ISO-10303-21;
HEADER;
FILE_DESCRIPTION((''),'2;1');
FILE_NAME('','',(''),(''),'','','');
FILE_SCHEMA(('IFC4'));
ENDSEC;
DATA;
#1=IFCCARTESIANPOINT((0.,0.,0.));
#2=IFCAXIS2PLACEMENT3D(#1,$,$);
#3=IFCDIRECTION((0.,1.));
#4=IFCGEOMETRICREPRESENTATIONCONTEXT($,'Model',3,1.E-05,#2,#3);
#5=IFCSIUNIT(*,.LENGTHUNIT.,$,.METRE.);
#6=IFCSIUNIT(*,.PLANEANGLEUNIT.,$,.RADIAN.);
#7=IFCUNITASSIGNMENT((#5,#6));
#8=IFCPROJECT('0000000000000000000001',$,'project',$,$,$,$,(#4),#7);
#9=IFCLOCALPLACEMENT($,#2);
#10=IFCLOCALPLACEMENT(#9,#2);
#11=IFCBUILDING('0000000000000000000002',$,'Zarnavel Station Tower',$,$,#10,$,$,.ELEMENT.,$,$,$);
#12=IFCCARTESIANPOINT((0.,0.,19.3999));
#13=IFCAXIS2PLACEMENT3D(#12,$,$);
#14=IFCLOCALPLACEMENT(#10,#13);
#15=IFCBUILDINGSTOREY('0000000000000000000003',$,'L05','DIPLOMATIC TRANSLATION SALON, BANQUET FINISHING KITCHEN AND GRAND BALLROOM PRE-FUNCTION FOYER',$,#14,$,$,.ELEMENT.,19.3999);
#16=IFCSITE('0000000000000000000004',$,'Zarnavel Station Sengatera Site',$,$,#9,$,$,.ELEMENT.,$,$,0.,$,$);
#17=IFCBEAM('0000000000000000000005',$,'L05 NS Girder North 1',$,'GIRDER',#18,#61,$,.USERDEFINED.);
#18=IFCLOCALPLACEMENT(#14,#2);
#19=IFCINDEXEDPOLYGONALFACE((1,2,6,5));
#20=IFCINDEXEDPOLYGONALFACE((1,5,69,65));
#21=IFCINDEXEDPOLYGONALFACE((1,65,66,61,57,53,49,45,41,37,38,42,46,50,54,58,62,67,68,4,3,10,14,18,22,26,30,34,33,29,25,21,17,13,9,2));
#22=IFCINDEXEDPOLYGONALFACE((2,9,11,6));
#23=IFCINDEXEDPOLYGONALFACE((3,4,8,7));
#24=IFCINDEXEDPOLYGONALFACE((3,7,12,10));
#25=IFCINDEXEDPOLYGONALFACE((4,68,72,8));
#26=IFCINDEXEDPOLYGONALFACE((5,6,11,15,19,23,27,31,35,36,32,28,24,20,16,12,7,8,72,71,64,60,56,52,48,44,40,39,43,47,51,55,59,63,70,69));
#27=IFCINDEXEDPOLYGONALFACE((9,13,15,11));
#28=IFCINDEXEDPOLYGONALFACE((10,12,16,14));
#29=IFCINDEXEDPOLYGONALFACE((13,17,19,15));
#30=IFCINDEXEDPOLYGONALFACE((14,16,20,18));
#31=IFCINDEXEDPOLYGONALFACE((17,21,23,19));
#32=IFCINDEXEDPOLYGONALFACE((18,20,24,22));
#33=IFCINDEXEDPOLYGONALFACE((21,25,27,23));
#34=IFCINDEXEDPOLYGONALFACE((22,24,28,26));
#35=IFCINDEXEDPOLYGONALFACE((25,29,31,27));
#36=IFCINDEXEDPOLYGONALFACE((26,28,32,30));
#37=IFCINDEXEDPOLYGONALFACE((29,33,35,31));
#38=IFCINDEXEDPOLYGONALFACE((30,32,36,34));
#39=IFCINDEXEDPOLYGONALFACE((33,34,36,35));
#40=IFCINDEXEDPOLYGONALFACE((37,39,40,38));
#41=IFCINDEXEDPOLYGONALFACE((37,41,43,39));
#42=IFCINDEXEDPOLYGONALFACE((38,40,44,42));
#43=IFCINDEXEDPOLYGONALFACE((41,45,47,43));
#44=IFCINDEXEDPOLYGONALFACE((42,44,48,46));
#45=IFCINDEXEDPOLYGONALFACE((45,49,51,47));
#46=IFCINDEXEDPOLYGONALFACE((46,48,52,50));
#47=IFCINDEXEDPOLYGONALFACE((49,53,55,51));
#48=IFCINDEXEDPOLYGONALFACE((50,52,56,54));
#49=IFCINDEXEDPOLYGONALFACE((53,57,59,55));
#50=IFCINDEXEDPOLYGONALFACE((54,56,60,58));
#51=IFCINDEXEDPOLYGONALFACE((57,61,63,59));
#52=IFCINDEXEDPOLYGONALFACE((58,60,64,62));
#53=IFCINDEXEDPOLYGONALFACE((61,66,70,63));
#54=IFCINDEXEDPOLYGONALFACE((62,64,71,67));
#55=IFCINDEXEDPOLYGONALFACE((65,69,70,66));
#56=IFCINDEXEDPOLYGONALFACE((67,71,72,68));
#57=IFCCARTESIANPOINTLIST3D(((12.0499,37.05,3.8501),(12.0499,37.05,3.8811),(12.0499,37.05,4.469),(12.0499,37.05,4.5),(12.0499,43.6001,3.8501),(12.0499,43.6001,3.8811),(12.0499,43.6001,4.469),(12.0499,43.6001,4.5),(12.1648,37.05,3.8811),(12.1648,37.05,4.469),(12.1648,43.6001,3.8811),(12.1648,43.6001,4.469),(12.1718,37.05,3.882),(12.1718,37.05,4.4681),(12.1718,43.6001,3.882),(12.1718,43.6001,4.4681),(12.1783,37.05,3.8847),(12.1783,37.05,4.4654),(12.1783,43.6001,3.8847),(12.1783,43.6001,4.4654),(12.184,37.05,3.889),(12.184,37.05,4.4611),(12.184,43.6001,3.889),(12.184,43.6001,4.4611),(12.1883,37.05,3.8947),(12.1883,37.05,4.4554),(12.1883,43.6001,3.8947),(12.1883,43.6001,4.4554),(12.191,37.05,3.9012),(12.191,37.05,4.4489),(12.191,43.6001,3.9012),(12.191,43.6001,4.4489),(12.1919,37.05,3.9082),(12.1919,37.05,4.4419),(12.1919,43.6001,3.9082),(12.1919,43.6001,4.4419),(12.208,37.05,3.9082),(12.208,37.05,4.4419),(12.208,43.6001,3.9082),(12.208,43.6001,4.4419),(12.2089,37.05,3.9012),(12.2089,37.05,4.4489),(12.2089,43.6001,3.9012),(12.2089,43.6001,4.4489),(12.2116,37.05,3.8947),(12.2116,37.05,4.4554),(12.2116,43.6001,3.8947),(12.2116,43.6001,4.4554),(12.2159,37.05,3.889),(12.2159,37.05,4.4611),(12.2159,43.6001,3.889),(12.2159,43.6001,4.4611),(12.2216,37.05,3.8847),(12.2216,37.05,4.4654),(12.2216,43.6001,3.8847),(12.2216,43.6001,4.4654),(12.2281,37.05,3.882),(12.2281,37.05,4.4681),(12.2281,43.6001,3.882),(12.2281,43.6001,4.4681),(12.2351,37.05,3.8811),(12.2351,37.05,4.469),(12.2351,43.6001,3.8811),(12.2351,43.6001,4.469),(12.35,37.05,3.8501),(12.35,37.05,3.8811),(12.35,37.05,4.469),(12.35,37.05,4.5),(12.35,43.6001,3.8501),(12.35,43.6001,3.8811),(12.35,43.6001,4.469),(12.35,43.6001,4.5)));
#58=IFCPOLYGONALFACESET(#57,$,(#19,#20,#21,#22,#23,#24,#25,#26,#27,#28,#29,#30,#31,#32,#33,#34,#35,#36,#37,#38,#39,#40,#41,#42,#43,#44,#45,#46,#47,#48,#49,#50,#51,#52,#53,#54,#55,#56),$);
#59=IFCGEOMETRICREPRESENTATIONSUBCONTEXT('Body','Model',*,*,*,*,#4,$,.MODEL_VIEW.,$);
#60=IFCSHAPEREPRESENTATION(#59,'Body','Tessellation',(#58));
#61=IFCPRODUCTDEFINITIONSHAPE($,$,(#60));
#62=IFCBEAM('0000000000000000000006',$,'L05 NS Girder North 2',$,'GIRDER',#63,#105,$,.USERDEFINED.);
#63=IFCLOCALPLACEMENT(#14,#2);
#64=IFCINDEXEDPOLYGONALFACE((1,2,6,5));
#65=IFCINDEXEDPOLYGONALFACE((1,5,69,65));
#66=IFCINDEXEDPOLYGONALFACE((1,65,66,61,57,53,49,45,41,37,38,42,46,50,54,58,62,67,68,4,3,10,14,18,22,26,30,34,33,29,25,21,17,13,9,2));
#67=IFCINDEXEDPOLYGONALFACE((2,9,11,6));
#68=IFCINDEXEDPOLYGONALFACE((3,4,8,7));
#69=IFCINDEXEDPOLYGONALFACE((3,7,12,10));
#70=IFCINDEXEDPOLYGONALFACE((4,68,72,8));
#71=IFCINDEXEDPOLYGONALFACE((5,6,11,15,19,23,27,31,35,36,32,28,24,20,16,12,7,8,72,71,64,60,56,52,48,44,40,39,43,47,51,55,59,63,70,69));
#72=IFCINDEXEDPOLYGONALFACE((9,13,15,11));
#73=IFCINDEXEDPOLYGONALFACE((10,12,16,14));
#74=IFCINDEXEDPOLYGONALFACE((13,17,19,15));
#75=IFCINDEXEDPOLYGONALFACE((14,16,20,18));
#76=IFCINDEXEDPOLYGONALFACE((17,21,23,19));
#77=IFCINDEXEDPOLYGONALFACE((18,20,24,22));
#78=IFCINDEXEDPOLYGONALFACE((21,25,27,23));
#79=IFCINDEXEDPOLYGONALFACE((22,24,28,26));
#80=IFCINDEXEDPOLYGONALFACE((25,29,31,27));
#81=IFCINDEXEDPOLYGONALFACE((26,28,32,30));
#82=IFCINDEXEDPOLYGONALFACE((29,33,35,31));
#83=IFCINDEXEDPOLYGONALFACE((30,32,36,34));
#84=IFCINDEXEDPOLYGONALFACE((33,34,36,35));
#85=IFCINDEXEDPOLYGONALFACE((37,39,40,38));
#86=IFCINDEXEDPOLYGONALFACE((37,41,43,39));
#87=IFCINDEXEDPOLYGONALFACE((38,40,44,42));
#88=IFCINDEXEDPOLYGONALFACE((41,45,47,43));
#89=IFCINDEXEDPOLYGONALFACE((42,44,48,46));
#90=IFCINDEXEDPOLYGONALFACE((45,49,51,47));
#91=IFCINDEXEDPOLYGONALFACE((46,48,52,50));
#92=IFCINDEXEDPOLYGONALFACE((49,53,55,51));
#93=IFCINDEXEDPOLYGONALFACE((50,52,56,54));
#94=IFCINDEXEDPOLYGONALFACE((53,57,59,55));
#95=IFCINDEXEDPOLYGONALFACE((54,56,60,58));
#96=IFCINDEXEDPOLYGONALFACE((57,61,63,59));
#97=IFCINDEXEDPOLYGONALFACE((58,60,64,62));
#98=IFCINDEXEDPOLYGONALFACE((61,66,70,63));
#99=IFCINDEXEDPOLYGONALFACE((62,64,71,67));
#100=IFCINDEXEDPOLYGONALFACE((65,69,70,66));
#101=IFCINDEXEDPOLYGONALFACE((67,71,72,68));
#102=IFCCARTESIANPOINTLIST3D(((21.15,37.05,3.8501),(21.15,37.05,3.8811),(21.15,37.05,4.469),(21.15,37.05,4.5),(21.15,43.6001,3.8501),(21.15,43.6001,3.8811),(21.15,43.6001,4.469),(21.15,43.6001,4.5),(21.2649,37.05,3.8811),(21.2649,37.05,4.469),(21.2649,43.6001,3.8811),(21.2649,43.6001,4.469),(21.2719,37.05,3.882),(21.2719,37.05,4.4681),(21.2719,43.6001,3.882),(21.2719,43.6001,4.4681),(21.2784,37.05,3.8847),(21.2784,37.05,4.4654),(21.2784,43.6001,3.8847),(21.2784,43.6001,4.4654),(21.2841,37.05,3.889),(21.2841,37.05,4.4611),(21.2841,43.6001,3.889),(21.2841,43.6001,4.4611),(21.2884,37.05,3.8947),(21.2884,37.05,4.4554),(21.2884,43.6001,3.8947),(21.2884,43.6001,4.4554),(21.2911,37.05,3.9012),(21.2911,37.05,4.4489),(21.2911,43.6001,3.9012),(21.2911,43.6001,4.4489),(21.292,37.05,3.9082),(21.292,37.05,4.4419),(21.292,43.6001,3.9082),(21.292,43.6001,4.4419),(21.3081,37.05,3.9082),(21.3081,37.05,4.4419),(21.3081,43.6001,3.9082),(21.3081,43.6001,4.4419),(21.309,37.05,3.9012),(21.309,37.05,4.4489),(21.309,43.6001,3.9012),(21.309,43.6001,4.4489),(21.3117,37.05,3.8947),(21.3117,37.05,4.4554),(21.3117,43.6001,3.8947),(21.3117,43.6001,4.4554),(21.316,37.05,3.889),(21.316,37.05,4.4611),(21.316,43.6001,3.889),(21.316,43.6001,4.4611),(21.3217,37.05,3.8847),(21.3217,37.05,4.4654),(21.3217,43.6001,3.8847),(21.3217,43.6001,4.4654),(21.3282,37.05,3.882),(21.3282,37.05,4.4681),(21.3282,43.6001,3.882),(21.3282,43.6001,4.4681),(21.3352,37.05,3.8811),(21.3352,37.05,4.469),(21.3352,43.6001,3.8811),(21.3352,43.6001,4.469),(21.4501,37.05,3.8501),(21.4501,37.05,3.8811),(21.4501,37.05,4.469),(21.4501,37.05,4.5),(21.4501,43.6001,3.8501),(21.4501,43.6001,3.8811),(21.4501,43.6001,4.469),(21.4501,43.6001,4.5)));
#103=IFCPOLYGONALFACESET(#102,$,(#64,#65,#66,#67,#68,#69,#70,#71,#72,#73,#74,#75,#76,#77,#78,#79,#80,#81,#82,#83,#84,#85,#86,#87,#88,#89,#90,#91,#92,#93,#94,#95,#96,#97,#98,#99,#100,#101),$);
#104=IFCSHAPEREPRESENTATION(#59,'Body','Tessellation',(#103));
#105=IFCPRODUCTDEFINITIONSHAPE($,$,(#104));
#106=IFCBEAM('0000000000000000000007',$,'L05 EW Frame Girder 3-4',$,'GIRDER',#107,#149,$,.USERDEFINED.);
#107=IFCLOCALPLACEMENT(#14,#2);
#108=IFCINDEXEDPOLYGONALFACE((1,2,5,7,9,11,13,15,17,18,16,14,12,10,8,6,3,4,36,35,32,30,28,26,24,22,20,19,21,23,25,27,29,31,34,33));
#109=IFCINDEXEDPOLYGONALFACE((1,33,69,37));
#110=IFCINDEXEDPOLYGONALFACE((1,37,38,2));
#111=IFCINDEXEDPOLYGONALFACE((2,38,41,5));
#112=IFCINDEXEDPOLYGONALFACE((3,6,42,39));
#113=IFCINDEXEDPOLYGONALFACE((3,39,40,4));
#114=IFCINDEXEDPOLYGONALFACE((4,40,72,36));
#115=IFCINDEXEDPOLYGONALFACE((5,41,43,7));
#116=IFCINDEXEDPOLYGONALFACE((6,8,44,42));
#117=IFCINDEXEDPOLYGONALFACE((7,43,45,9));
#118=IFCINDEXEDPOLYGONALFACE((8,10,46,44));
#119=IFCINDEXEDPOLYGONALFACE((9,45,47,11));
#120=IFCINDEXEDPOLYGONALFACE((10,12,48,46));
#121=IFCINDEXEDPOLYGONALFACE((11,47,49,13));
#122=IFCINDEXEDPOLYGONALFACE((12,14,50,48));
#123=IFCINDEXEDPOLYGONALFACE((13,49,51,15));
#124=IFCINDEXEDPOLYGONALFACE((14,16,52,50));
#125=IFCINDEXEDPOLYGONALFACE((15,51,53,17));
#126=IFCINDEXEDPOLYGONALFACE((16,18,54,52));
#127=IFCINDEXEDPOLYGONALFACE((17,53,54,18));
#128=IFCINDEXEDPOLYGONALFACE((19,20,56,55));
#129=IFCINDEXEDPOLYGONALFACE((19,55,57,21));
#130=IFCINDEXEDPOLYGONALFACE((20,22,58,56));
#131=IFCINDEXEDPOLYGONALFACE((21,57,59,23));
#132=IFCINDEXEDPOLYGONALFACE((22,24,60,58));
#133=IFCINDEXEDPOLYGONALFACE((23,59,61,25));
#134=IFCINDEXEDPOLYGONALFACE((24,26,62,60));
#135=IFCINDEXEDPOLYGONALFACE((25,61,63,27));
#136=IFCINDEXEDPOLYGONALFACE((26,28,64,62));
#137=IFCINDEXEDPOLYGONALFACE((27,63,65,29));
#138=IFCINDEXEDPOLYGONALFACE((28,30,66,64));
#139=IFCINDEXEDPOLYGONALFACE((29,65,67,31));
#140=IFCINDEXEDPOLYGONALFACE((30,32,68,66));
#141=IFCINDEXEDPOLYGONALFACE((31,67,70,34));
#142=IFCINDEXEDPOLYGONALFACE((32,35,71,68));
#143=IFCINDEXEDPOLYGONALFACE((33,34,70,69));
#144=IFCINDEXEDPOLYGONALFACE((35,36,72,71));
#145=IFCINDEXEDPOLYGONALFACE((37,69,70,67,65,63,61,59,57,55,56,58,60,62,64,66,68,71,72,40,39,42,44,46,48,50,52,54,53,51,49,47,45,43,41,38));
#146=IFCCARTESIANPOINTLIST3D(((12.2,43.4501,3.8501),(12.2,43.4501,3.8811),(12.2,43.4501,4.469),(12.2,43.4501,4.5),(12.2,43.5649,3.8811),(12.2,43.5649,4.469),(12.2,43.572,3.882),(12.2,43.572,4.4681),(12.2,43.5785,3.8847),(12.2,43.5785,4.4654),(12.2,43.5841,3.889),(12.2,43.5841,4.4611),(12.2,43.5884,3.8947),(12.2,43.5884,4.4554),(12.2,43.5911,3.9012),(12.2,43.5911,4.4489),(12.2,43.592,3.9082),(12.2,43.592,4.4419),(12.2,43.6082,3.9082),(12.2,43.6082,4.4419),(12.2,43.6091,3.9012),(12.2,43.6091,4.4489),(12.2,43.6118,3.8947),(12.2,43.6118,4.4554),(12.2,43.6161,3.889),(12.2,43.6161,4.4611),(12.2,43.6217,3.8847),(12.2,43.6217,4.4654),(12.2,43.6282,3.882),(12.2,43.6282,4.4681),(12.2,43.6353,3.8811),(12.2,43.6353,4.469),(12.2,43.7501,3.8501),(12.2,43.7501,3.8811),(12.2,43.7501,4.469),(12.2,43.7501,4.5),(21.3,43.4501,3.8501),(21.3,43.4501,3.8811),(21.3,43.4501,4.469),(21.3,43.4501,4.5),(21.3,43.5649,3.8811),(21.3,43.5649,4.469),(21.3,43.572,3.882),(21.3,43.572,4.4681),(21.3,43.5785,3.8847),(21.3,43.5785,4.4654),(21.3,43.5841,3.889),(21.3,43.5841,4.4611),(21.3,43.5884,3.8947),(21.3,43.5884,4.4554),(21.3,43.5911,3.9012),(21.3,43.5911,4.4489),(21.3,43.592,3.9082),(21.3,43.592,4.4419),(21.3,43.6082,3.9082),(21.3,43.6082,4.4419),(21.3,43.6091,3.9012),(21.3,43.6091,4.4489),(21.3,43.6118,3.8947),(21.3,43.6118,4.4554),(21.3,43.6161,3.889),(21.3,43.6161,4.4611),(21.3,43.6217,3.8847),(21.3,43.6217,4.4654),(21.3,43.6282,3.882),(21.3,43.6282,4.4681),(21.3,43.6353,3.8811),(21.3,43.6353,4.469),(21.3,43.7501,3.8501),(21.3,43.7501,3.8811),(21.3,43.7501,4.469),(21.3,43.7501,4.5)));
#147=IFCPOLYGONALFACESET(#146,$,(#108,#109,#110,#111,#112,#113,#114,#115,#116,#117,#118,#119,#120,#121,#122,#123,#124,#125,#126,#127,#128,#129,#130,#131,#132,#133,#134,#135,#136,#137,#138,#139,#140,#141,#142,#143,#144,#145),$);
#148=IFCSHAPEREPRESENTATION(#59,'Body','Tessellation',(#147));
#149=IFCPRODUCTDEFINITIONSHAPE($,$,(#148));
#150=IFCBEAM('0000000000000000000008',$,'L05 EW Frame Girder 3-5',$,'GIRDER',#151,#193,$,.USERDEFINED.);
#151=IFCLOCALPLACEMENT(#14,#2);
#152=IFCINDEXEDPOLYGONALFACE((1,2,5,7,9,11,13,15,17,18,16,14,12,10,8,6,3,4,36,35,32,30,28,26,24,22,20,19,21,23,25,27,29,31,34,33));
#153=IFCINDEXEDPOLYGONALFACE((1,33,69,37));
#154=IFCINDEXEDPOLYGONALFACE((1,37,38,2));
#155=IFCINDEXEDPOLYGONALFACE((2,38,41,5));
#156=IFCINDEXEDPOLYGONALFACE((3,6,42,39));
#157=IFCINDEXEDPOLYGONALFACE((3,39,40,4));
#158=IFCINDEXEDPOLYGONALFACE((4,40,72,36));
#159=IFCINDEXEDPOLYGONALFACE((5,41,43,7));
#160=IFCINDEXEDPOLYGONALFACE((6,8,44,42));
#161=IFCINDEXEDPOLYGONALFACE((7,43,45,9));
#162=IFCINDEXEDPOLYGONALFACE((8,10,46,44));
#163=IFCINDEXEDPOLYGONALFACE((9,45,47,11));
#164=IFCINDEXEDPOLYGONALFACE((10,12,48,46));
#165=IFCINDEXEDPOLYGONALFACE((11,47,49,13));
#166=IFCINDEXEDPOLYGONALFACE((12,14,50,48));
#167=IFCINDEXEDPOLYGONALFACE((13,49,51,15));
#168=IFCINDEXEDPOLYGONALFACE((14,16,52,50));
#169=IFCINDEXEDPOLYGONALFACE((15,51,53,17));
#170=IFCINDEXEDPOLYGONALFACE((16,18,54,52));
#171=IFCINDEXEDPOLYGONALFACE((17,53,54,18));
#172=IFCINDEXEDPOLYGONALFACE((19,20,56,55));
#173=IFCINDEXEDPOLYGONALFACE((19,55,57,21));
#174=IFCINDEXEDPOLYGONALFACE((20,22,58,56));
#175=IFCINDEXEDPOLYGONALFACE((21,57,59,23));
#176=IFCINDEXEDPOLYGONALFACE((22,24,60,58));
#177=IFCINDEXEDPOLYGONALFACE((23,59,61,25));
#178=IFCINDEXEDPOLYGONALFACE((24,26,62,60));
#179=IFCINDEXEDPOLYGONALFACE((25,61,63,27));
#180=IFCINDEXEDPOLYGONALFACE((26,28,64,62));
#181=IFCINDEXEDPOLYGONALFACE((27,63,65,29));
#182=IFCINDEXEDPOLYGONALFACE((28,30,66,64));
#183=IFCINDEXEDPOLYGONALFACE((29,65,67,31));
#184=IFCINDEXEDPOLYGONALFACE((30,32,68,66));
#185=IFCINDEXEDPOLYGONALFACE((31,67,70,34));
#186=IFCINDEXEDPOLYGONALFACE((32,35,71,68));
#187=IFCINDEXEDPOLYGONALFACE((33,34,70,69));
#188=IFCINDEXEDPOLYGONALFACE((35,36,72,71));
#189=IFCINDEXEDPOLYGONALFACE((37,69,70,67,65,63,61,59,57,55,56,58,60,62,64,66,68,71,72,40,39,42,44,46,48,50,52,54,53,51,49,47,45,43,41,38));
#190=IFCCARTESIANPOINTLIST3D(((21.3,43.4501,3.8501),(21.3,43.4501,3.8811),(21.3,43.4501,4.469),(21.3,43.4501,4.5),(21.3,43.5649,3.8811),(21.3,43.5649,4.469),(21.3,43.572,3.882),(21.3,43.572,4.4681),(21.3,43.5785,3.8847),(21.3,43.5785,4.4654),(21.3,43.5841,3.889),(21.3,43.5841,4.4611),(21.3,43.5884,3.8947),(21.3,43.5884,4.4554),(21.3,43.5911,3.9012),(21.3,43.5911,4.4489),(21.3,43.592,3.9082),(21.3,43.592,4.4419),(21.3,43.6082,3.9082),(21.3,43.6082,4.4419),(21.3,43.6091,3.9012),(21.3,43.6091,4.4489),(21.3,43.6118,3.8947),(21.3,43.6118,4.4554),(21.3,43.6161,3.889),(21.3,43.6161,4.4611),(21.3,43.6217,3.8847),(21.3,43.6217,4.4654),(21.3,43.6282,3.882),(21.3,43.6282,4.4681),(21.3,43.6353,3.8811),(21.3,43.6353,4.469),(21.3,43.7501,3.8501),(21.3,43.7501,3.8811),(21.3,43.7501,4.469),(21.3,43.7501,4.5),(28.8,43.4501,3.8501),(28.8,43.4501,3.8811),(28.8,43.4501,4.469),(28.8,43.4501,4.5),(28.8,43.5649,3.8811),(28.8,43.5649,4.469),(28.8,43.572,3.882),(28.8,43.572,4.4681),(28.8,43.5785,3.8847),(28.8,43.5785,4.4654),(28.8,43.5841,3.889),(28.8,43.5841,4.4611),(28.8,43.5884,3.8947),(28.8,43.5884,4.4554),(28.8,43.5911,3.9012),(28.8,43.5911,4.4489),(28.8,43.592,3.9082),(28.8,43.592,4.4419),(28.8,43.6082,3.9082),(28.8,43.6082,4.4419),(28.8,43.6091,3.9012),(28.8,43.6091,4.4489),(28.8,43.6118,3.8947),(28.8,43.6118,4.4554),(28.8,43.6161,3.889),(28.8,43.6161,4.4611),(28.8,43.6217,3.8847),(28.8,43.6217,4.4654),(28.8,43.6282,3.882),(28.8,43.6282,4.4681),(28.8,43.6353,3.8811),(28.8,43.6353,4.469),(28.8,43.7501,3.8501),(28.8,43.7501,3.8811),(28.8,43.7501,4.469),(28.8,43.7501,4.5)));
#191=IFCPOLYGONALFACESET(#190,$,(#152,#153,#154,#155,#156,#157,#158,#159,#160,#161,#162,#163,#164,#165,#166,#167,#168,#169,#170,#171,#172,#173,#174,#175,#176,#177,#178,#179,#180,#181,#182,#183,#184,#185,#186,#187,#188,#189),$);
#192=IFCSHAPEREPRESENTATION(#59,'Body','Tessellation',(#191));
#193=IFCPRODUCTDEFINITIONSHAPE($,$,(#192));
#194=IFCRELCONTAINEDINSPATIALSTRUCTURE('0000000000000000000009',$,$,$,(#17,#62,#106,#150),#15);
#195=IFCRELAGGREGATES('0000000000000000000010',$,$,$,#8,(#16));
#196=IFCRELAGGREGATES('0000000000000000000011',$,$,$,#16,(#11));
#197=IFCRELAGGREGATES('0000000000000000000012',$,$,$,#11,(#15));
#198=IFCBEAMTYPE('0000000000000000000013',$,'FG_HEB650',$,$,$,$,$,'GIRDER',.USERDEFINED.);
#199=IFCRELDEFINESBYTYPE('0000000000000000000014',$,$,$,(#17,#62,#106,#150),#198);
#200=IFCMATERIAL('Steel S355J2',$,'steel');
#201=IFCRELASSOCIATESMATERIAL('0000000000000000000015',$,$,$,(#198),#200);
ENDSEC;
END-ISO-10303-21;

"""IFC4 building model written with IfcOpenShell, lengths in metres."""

from ifc_helpers import new_model, si_unit, direction, frame, origin, origin_2d, place, context, subcontext, project, spatial, i_section, extrude, material, material_profile, profile_set, type_object, element, save


model = new_model("IFC4")

# Units and contexts
model_context = context("Model", 3, precision=1e-05, world=origin(), true_north=direction((0.0, 1.0)))
body_context = subcontext(model_context, "Body", "Model", "MODEL_VIEW")
ifc_project = project(units=[si_unit("LENGTHUNIT", "METRE"), si_unit("PLANEANGLEUNIT", "RADIAN")], contexts=[model_context])

# Site, building, storey
site_placement = place(None, origin())
site = spatial("IfcSite", under=ifc_project, at=site_placement, Name="Zarnavel Station Sengatera Site", CompositionType="ELEMENT", RefElevation=0.0)
building_placement = place(site_placement, origin())
building = spatial("IfcBuilding", under=site, at=building_placement, Name="Zarnavel Station Tower", CompositionType="ELEMENT")
storey_placement = place(building_placement, frame((0.0, 0.0, 19.3999)))
storey = spatial("IfcBuildingStorey", under=building, at=storey_placement, Name="L05", Description="DIPLOMATIC TRANSLATION SALON, BANQUET FINISHING KITCHEN AND GRAND BALLROOM PRE-FUNCTION FOYER", CompositionType="ELEMENT", Elevation=19.3999)

# Beams
ifc_material_1 = material(Name="Steel S355J2", Category="steel")
ifc_material_profile_1 = material_profile(ifc_material_1, i_section(OverallWidth=0.3, OverallDepth=0.6499, WebThickness=0.0161, FlangeThickness=0.031, FilletRadius=0.0271, at=origin_2d()), Name="HEB650")
ifc_profile_set_1 = profile_set([ifc_material_profile_1], Name="Steel S355J2")
beam_type = type_object("IfcBeamType", Name="FG_HEB650", ElementType="GIRDER", PredefinedType="USERDEFINED", material=ifc_profile_set_1)
for number, where, z_axis, x_axis, name in (
    (1, (12.2, 37.05, 4.175), (0.0, 1.0, 0.0), (-1.0, 0.0, 0.0), "L05 NS Girder North 1"),
    (2, (21.3, 37.05, 4.175), (0.0, 1.0, 0.0), (-1.0, 0.0, 0.0), "L05 NS Girder North 2"),
):
    element("IfcBeam", number, at=place(storey_placement, frame(where, z_axis=z_axis, x_axis=x_axis)), inside=storey, type_object=beam_type, Name=name, ObjectType="GIRDER", PredefinedType="USERDEFINED", context=body_context, shape_type="SweptSolid", body=[
        extrude(i_section(OverallWidth=0.3, OverallDepth=0.6499, WebThickness=0.0161, FlangeThickness=0.031, FilletRadius=0.0271, at=origin_2d()), origin(), (0.0, 0.0, 1.0), 6.55),
    ])
beam_1_placement = place(storey_placement, frame((12.2, 43.6001, 4.175), z_axis=(1.0, 0.0, 0.0), x_axis=(0.0, 1.0, 0.0)))
element("IfcBeam", 3, at=beam_1_placement, inside=storey, type_object=beam_type, Name="L05 EW Frame Girder 3-4", ObjectType="GIRDER", PredefinedType="USERDEFINED", context=body_context, shape_type="SweptSolid", body=[
    extrude(i_section(OverallWidth=0.3, OverallDepth=0.6499, WebThickness=0.0161, FlangeThickness=0.031, FilletRadius=0.0271, at=origin_2d()), origin(), (0.0, 0.0, 1.0), 9.1001),
])
beam_2_placement = place(storey_placement, frame((21.3, 43.6001, 4.175), z_axis=(1.0, 0.0, 0.0), x_axis=(0.0, 1.0, 0.0)))
element("IfcBeam", 4, at=beam_2_placement, inside=storey, type_object=beam_type, Name="L05 EW Frame Girder 3-5", ObjectType="GIRDER", PredefinedType="USERDEFINED", context=body_context, shape_type="SweptSolid", body=[
    extrude(i_section(OverallWidth=0.3, OverallDepth=0.6499, WebThickness=0.0161, FlangeThickness=0.031, FilletRadius=0.0271, at=origin_2d()), origin(), (0.0, 0.0, 1.0), 7.5),
])

save(model, "model.ifc")
